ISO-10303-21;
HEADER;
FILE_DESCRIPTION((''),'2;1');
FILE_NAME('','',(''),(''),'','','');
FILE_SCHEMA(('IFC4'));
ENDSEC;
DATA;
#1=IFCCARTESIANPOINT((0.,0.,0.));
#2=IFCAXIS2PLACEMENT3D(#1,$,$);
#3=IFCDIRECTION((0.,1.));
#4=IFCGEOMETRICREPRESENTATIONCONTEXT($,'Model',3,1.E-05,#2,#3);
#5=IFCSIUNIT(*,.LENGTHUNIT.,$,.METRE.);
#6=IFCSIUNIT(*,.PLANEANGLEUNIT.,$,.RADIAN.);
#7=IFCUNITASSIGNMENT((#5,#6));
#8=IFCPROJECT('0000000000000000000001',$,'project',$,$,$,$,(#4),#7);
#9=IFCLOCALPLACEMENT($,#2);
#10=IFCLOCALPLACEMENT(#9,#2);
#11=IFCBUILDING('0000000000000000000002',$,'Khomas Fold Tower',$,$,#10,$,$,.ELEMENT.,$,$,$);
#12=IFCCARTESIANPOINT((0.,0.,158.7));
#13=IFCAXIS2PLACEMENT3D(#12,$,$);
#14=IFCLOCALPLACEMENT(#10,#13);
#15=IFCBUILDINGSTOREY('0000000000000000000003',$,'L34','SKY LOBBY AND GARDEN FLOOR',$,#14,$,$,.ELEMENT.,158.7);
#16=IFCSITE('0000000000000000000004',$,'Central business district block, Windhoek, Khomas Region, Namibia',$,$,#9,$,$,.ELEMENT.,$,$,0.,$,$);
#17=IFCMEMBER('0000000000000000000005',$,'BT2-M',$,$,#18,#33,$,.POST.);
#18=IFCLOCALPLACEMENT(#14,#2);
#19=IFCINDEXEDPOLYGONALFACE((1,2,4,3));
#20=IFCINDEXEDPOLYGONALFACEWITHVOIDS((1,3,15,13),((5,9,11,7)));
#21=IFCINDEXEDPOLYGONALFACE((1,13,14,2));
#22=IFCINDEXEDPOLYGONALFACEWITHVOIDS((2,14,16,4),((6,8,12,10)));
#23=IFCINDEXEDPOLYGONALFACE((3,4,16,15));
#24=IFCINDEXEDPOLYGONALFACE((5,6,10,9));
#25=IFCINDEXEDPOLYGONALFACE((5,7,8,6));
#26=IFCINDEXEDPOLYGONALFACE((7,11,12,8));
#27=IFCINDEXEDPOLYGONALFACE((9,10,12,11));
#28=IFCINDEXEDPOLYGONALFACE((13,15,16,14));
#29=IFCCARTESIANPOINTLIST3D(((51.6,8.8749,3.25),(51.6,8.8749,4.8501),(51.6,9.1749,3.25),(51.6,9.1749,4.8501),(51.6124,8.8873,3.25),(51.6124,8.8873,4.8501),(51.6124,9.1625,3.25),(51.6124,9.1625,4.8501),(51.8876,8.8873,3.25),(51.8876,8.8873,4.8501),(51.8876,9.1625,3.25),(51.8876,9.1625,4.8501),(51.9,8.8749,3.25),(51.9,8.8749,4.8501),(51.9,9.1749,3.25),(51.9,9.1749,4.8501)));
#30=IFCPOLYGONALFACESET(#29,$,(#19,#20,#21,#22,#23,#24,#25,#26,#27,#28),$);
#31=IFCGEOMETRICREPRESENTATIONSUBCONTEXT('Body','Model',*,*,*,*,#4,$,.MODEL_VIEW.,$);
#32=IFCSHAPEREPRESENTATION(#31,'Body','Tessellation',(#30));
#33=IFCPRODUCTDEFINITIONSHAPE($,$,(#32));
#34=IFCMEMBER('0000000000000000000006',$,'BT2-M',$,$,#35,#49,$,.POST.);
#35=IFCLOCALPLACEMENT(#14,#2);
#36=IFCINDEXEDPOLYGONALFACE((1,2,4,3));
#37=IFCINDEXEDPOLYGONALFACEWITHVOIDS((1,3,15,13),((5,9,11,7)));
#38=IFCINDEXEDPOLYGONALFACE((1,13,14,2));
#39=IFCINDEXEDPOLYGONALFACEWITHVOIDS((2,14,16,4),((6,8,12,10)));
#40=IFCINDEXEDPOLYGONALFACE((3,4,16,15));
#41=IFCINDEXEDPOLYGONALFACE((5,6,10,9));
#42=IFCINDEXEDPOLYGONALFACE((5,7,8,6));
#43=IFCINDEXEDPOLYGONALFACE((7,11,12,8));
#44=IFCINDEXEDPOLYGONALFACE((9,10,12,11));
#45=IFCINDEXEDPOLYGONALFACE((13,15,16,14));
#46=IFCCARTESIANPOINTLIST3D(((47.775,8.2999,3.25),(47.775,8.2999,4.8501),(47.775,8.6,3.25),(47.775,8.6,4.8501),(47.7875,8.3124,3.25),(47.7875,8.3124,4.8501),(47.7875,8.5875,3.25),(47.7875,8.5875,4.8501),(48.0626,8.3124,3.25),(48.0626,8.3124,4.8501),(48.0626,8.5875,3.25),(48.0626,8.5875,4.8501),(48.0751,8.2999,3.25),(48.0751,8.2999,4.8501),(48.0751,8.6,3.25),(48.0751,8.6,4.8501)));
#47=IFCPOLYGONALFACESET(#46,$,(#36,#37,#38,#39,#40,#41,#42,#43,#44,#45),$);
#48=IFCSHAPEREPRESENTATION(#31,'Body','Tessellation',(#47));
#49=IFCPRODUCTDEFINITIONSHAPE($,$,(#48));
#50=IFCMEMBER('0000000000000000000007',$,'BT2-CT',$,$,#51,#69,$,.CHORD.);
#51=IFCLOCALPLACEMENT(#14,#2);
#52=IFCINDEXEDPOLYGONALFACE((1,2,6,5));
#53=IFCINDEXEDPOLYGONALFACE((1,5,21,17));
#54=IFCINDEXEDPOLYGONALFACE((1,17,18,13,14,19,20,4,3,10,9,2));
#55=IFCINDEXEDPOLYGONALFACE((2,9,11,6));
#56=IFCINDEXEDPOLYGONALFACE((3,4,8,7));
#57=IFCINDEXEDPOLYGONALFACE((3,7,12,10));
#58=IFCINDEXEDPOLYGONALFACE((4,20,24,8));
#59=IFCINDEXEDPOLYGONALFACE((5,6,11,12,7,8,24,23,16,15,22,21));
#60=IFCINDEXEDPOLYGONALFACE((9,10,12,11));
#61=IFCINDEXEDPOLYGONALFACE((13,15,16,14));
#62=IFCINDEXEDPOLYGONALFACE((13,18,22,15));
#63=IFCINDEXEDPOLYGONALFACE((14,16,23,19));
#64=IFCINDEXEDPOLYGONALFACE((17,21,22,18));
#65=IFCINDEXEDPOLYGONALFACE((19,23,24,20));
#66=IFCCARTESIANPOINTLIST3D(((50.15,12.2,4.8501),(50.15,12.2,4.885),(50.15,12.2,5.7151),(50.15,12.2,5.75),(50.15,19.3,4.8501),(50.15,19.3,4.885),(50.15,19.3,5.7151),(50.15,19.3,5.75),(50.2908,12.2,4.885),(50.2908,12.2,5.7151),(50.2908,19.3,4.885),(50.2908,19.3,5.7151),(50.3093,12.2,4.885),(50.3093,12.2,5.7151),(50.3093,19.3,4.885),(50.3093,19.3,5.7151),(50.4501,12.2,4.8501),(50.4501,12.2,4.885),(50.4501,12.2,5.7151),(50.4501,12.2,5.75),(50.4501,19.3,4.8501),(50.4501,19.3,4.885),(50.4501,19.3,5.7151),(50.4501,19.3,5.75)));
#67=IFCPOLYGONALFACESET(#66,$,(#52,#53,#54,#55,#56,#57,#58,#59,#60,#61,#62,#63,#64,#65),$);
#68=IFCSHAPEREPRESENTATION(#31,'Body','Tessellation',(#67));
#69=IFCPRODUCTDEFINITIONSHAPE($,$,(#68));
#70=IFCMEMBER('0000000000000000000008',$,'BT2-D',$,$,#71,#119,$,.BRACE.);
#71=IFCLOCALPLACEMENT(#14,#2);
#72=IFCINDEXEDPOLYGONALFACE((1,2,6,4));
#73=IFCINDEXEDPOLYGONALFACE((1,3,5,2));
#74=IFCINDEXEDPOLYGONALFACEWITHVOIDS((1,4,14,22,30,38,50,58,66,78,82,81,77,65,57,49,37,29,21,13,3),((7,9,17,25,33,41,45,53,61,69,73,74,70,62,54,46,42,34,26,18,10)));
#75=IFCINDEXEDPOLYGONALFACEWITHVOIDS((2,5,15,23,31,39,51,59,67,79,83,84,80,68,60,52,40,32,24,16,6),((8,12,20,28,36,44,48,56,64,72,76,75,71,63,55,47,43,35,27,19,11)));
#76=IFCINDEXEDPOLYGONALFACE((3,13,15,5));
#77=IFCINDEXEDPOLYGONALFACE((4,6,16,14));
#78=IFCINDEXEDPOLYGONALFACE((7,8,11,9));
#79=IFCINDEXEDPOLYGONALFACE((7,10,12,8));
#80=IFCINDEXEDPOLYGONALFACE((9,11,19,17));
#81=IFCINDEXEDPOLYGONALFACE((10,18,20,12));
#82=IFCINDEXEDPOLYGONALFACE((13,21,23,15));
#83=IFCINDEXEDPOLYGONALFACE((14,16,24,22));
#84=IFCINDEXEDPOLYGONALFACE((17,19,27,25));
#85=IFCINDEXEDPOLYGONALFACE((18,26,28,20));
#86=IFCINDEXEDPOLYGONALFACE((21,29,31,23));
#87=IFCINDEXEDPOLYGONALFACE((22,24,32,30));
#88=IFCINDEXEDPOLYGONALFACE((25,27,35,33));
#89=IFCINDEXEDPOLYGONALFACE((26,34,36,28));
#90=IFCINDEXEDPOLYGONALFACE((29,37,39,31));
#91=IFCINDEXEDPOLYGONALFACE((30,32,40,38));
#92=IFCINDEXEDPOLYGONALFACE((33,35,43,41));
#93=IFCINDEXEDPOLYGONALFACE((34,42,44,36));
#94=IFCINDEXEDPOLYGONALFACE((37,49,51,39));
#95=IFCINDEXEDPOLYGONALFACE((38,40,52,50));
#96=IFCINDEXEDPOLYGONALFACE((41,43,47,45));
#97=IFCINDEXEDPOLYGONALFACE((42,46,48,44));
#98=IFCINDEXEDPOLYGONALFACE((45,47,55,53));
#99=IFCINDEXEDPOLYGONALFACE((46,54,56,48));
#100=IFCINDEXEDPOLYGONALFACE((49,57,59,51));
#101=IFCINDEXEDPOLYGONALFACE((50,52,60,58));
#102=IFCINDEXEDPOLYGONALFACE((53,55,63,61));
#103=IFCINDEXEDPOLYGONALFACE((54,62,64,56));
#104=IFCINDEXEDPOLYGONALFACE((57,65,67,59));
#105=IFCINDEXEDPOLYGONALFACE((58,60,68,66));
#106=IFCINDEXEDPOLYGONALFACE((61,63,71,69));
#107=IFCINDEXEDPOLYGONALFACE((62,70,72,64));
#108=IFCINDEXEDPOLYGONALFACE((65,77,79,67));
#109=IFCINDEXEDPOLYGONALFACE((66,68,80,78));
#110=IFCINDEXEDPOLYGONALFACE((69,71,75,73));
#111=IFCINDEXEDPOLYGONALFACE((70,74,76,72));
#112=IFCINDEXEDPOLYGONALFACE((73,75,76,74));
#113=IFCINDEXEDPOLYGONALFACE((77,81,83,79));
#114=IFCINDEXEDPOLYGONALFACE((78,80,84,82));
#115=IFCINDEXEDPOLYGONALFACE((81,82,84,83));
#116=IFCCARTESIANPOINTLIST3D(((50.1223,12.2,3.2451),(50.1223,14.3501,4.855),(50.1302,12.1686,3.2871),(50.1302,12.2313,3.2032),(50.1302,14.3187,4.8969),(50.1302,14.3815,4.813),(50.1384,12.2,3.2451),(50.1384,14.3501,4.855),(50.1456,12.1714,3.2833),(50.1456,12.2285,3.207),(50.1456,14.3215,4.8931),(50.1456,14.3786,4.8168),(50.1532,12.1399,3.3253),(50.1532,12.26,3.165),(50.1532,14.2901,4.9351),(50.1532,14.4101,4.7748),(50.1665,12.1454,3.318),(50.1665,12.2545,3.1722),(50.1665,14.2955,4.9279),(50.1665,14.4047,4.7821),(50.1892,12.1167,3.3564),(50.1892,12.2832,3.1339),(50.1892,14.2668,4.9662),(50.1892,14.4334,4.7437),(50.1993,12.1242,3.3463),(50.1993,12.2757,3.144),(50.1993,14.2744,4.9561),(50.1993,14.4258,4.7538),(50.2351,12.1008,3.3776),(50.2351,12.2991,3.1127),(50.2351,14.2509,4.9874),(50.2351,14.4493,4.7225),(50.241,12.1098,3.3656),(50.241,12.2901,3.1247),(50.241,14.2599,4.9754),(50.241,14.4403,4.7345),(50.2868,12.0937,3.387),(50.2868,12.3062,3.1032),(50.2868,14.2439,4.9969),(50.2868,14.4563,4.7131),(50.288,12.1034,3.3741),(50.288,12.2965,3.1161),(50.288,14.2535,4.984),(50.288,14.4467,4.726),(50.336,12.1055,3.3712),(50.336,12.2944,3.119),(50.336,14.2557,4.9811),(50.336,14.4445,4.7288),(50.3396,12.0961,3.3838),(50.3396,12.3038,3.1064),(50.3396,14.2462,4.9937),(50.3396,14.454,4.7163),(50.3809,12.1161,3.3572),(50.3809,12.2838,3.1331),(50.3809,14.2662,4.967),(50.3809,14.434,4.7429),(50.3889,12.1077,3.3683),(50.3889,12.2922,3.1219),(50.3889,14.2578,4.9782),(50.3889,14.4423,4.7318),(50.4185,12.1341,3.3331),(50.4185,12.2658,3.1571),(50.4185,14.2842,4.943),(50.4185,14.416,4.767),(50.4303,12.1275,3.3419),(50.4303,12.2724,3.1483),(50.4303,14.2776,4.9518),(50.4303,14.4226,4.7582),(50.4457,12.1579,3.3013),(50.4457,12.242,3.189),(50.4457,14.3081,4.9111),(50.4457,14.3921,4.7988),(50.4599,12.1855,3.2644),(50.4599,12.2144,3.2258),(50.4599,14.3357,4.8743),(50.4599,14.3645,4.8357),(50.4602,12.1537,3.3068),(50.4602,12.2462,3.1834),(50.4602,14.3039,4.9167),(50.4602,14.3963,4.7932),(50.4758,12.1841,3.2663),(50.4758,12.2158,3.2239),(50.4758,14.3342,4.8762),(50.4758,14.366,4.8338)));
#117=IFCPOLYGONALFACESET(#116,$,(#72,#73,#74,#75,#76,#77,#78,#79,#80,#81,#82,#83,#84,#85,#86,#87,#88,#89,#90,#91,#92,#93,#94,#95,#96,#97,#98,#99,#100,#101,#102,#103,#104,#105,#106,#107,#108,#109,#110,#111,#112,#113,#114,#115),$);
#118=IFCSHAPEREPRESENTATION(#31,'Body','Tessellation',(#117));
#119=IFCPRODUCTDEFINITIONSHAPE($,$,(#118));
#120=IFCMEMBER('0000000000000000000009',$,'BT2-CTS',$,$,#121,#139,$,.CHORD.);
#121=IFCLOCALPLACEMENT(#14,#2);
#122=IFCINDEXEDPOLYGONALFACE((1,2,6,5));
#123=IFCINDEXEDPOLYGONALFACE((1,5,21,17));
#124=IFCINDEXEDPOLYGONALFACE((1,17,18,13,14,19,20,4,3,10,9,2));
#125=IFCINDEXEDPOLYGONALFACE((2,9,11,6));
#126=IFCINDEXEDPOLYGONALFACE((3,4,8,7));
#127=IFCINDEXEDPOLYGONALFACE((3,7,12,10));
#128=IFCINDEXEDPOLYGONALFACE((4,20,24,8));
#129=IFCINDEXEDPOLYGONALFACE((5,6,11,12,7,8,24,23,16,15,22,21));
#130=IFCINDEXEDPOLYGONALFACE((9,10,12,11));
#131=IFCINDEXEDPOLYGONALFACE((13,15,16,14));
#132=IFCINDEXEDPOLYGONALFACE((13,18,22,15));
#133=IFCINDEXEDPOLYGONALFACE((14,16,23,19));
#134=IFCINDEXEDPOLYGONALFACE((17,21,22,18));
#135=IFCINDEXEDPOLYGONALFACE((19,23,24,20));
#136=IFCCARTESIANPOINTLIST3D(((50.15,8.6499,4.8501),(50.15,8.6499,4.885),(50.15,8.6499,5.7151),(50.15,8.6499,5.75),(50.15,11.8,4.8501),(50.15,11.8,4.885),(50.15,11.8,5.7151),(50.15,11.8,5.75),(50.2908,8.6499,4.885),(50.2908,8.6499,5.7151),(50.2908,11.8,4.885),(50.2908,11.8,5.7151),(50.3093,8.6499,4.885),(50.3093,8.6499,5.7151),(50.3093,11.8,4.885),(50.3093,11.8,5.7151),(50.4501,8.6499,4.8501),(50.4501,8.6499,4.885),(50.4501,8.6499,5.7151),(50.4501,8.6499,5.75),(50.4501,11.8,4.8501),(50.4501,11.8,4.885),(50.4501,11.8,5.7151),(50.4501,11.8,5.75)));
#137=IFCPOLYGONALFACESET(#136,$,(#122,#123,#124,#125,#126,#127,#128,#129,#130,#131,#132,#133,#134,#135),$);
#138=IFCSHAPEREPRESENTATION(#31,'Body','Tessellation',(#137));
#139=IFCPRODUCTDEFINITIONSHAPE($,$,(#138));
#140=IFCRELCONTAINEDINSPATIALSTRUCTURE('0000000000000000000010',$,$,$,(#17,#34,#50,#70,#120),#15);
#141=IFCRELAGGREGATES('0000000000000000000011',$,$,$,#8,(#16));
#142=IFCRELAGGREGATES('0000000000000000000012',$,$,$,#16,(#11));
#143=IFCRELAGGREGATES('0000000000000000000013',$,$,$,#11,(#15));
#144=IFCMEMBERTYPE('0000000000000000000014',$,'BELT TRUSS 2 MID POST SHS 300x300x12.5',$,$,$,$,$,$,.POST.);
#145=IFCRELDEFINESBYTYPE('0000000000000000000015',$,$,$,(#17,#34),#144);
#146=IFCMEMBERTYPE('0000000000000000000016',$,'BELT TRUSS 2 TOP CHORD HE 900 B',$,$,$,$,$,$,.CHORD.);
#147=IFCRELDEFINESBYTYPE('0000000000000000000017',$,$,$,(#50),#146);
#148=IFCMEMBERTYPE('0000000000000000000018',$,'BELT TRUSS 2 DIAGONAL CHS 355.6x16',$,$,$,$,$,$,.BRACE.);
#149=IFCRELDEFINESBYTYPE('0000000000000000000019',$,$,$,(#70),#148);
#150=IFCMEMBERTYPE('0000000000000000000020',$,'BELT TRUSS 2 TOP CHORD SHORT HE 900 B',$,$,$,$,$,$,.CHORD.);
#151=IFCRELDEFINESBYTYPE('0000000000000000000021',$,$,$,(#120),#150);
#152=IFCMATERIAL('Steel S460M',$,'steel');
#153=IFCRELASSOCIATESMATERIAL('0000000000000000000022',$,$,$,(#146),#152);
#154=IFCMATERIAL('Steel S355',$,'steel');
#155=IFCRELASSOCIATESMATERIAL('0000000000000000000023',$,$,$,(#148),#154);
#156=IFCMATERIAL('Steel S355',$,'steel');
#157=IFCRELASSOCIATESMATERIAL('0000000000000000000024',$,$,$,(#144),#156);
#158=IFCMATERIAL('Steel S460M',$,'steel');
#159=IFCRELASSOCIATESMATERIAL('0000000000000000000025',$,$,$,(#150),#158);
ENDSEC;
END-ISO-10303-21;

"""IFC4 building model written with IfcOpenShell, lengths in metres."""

from ifc_helpers import new_model, si_unit, direction, frame, origin, origin_2d, place, context, subcontext, project, spatial, hollow_rectangle, hollow_circle, i_section, extrude, source, transform, mapped, material, material_profile, profile_set, type_object, element, save


model = new_model("IFC4")

# Units and contexts
model_context = context("Model", 3, precision=1e-05, world=origin(), true_north=direction((0.0, 1.0)))
body_context = subcontext(model_context, "Body", "Model", "MODEL_VIEW")
ifc_project = project(units=[si_unit("LENGTHUNIT", "METRE"), si_unit("PLANEANGLEUNIT", "RADIAN")], contexts=[model_context])

# Site, building, storey
site_placement = place(None, origin())
site = spatial("IfcSite", under=ifc_project, at=site_placement, Name="Central business district block, Windhoek, Khomas Region, Namibia", CompositionType="ELEMENT", RefElevation=0.0)
building_placement = place(site_placement, origin())
building = spatial("IfcBuilding", under=site, at=building_placement, Name="Khomas Fold Tower", CompositionType="ELEMENT")
storey_placement = place(building_placement, frame((0.0, 0.0, 158.7)))
storey = spatial("IfcBuildingStorey", under=building, at=storey_placement, Name="L34", Description="SKY LOBBY AND GARDEN FLOOR", CompositionType="ELEMENT", Elevation=158.7)

# Members
ifc_material_1 = material(Name="Steel S460M", Category="steel")
ifc_material_profile_1 = material_profile(ifc_material_1, i_section(OverallWidth=0.3, OverallDepth=0.8999, WebThickness=0.0186, FlangeThickness=0.0349, at=origin_2d()), Name="HE 900 B")
ifc_profile_set_1 = profile_set([ifc_material_profile_1], Name="Steel S460M")
member_type_1 = type_object("IfcMemberType", Name="BELT TRUSS 2 TOP CHORD HE 900 B", PredefinedType="CHORD", material=ifc_profile_set_1)
ifc_material_2 = material(Name="Steel S355", Category="steel")
ifc_material_profile_2 = material_profile(ifc_material_2, hollow_circle(Radius=0.1777, WallThickness=0.0161, at=origin_2d()), Name="CHS 355.6x16")
ifc_profile_set_2 = profile_set([ifc_material_profile_2], Name="Steel S355")
member_type_2 = type_object("IfcMemberType", Name="BELT TRUSS 2 DIAGONAL CHS 355.6x16", PredefinedType="BRACE", material=ifc_profile_set_2)
ifc_material_3 = material(Name="Steel S355", Category="steel")
ifc_material_profile_3 = material_profile(ifc_material_3, hollow_rectangle(XDim=0.3, YDim=0.3, WallThickness=0.0125, at=origin_2d()), Name="SHS 300x300x12.5")
ifc_profile_set_3 = profile_set([ifc_material_profile_3], Name="Steel S355")
member_type_3 = type_object("IfcMemberType", Name="BELT TRUSS 2 MID POST SHS 300x300x12.5", PredefinedType="POST", material=ifc_profile_set_3)
shared_shape_1 = source(origin(), body_context, "Body", "SweptSolid", [
    extrude(hollow_rectangle(XDim=0.3, YDim=0.3, WallThickness=0.0125, at=origin_2d()), origin(), (0.0, 0.0, 1.0), 1.6001),
])
for number, where, z_axis, x_axis, name in (
    (1, (51.75, 9.0249, 3.25), (0.0, 0.0, 1.0), (1.0, 0.0, 0.0), "BT2-M"),
    (2, (47.925, 8.45, 3.25), (0.0, 0.0, 1.0), (1.0, 0.0, 0.0), "BT2-M"),
):
    element("IfcMember", number, at=place(storey_placement, frame(where, z_axis=z_axis, x_axis=x_axis)), inside=storey, type_object=member_type_3, Name=name, PredefinedType="POST", context=body_context, shape_type="MappedRepresentation", body=[
        mapped(shared_shape_1, transform((0.0, 0.0, 0.0))),
    ])
shared_shape_2 = source(origin(), body_context, "Body", "SweptSolid", [
    extrude(i_section(OverallWidth=0.3, OverallDepth=0.8999, WebThickness=0.0186, FlangeThickness=0.0349, at=origin_2d()), origin(), (0.0, 0.0, 1.0), 7.1001),
])
member_1_placement = place(storey_placement, frame((50.3, 12.2, 5.3), z_axis=(0.0, 1.0, 0.0), x_axis=(-1.0, 0.0, 0.0)))
element("IfcMember", 3, at=member_1_placement, inside=storey, type_object=member_type_1, Name="BT2-CT", PredefinedType="CHORD", context=body_context, shape_type="MappedRepresentation", body=[
    mapped(shared_shape_2, transform((0.0, 0.0, 0.0))),
])
shared_shape_3 = source(origin(), body_context, "Body", "SweptSolid", [
    extrude(hollow_circle(Radius=0.1777, WallThickness=0.0161, at=origin_2d()), origin(), (0.0, 0.0, 1.0), 2.686),
])
member_2_placement = place(storey_placement, frame((50.3, 12.2, 3.2451), z_axis=(0.0, 0.800491, 0.599345), x_axis=(-1.0, 0.0, 0.0)))
element("IfcMember", 4, at=member_2_placement, inside=storey, type_object=member_type_2, Name="BT2-D", PredefinedType="BRACE", context=body_context, shape_type="MappedRepresentation", body=[
    mapped(shared_shape_3, transform((0.0, 0.0, 0.0))),
])
ifc_material_4 = material(Name="Steel S460M", Category="steel")
ifc_material_profile_4 = material_profile(ifc_material_4, i_section(OverallWidth=0.3, OverallDepth=0.8999, WebThickness=0.0186, FlangeThickness=0.0349, at=origin_2d()), Name="HE 900 B")
ifc_profile_set_4 = profile_set([ifc_material_profile_4], Name="Steel S460M")
member_type_4 = type_object("IfcMemberType", Name="BELT TRUSS 2 TOP CHORD SHORT HE 900 B", PredefinedType="CHORD", material=ifc_profile_set_4)
shared_shape_4 = source(origin(), body_context, "Body", "SweptSolid", [
    extrude(i_section(OverallWidth=0.3, OverallDepth=0.8999, WebThickness=0.0186, FlangeThickness=0.0349, at=origin_2d()), origin(), (0.0, 0.0, 1.0), 3.1501),
])
member_3_placement = place(storey_placement, frame((50.3, 8.6499, 5.3), z_axis=(0.0, 1.0, 0.0), x_axis=(-1.0, 0.0, 0.0)))
element("IfcMember", 5, at=member_3_placement, inside=storey, type_object=member_type_4, Name="BT2-CTS", PredefinedType="CHORD", context=body_context, shape_type="MappedRepresentation", body=[
    mapped(shared_shape_4, transform((0.0, 0.0, 0.0))),
])

save(model, "model.ifc")
